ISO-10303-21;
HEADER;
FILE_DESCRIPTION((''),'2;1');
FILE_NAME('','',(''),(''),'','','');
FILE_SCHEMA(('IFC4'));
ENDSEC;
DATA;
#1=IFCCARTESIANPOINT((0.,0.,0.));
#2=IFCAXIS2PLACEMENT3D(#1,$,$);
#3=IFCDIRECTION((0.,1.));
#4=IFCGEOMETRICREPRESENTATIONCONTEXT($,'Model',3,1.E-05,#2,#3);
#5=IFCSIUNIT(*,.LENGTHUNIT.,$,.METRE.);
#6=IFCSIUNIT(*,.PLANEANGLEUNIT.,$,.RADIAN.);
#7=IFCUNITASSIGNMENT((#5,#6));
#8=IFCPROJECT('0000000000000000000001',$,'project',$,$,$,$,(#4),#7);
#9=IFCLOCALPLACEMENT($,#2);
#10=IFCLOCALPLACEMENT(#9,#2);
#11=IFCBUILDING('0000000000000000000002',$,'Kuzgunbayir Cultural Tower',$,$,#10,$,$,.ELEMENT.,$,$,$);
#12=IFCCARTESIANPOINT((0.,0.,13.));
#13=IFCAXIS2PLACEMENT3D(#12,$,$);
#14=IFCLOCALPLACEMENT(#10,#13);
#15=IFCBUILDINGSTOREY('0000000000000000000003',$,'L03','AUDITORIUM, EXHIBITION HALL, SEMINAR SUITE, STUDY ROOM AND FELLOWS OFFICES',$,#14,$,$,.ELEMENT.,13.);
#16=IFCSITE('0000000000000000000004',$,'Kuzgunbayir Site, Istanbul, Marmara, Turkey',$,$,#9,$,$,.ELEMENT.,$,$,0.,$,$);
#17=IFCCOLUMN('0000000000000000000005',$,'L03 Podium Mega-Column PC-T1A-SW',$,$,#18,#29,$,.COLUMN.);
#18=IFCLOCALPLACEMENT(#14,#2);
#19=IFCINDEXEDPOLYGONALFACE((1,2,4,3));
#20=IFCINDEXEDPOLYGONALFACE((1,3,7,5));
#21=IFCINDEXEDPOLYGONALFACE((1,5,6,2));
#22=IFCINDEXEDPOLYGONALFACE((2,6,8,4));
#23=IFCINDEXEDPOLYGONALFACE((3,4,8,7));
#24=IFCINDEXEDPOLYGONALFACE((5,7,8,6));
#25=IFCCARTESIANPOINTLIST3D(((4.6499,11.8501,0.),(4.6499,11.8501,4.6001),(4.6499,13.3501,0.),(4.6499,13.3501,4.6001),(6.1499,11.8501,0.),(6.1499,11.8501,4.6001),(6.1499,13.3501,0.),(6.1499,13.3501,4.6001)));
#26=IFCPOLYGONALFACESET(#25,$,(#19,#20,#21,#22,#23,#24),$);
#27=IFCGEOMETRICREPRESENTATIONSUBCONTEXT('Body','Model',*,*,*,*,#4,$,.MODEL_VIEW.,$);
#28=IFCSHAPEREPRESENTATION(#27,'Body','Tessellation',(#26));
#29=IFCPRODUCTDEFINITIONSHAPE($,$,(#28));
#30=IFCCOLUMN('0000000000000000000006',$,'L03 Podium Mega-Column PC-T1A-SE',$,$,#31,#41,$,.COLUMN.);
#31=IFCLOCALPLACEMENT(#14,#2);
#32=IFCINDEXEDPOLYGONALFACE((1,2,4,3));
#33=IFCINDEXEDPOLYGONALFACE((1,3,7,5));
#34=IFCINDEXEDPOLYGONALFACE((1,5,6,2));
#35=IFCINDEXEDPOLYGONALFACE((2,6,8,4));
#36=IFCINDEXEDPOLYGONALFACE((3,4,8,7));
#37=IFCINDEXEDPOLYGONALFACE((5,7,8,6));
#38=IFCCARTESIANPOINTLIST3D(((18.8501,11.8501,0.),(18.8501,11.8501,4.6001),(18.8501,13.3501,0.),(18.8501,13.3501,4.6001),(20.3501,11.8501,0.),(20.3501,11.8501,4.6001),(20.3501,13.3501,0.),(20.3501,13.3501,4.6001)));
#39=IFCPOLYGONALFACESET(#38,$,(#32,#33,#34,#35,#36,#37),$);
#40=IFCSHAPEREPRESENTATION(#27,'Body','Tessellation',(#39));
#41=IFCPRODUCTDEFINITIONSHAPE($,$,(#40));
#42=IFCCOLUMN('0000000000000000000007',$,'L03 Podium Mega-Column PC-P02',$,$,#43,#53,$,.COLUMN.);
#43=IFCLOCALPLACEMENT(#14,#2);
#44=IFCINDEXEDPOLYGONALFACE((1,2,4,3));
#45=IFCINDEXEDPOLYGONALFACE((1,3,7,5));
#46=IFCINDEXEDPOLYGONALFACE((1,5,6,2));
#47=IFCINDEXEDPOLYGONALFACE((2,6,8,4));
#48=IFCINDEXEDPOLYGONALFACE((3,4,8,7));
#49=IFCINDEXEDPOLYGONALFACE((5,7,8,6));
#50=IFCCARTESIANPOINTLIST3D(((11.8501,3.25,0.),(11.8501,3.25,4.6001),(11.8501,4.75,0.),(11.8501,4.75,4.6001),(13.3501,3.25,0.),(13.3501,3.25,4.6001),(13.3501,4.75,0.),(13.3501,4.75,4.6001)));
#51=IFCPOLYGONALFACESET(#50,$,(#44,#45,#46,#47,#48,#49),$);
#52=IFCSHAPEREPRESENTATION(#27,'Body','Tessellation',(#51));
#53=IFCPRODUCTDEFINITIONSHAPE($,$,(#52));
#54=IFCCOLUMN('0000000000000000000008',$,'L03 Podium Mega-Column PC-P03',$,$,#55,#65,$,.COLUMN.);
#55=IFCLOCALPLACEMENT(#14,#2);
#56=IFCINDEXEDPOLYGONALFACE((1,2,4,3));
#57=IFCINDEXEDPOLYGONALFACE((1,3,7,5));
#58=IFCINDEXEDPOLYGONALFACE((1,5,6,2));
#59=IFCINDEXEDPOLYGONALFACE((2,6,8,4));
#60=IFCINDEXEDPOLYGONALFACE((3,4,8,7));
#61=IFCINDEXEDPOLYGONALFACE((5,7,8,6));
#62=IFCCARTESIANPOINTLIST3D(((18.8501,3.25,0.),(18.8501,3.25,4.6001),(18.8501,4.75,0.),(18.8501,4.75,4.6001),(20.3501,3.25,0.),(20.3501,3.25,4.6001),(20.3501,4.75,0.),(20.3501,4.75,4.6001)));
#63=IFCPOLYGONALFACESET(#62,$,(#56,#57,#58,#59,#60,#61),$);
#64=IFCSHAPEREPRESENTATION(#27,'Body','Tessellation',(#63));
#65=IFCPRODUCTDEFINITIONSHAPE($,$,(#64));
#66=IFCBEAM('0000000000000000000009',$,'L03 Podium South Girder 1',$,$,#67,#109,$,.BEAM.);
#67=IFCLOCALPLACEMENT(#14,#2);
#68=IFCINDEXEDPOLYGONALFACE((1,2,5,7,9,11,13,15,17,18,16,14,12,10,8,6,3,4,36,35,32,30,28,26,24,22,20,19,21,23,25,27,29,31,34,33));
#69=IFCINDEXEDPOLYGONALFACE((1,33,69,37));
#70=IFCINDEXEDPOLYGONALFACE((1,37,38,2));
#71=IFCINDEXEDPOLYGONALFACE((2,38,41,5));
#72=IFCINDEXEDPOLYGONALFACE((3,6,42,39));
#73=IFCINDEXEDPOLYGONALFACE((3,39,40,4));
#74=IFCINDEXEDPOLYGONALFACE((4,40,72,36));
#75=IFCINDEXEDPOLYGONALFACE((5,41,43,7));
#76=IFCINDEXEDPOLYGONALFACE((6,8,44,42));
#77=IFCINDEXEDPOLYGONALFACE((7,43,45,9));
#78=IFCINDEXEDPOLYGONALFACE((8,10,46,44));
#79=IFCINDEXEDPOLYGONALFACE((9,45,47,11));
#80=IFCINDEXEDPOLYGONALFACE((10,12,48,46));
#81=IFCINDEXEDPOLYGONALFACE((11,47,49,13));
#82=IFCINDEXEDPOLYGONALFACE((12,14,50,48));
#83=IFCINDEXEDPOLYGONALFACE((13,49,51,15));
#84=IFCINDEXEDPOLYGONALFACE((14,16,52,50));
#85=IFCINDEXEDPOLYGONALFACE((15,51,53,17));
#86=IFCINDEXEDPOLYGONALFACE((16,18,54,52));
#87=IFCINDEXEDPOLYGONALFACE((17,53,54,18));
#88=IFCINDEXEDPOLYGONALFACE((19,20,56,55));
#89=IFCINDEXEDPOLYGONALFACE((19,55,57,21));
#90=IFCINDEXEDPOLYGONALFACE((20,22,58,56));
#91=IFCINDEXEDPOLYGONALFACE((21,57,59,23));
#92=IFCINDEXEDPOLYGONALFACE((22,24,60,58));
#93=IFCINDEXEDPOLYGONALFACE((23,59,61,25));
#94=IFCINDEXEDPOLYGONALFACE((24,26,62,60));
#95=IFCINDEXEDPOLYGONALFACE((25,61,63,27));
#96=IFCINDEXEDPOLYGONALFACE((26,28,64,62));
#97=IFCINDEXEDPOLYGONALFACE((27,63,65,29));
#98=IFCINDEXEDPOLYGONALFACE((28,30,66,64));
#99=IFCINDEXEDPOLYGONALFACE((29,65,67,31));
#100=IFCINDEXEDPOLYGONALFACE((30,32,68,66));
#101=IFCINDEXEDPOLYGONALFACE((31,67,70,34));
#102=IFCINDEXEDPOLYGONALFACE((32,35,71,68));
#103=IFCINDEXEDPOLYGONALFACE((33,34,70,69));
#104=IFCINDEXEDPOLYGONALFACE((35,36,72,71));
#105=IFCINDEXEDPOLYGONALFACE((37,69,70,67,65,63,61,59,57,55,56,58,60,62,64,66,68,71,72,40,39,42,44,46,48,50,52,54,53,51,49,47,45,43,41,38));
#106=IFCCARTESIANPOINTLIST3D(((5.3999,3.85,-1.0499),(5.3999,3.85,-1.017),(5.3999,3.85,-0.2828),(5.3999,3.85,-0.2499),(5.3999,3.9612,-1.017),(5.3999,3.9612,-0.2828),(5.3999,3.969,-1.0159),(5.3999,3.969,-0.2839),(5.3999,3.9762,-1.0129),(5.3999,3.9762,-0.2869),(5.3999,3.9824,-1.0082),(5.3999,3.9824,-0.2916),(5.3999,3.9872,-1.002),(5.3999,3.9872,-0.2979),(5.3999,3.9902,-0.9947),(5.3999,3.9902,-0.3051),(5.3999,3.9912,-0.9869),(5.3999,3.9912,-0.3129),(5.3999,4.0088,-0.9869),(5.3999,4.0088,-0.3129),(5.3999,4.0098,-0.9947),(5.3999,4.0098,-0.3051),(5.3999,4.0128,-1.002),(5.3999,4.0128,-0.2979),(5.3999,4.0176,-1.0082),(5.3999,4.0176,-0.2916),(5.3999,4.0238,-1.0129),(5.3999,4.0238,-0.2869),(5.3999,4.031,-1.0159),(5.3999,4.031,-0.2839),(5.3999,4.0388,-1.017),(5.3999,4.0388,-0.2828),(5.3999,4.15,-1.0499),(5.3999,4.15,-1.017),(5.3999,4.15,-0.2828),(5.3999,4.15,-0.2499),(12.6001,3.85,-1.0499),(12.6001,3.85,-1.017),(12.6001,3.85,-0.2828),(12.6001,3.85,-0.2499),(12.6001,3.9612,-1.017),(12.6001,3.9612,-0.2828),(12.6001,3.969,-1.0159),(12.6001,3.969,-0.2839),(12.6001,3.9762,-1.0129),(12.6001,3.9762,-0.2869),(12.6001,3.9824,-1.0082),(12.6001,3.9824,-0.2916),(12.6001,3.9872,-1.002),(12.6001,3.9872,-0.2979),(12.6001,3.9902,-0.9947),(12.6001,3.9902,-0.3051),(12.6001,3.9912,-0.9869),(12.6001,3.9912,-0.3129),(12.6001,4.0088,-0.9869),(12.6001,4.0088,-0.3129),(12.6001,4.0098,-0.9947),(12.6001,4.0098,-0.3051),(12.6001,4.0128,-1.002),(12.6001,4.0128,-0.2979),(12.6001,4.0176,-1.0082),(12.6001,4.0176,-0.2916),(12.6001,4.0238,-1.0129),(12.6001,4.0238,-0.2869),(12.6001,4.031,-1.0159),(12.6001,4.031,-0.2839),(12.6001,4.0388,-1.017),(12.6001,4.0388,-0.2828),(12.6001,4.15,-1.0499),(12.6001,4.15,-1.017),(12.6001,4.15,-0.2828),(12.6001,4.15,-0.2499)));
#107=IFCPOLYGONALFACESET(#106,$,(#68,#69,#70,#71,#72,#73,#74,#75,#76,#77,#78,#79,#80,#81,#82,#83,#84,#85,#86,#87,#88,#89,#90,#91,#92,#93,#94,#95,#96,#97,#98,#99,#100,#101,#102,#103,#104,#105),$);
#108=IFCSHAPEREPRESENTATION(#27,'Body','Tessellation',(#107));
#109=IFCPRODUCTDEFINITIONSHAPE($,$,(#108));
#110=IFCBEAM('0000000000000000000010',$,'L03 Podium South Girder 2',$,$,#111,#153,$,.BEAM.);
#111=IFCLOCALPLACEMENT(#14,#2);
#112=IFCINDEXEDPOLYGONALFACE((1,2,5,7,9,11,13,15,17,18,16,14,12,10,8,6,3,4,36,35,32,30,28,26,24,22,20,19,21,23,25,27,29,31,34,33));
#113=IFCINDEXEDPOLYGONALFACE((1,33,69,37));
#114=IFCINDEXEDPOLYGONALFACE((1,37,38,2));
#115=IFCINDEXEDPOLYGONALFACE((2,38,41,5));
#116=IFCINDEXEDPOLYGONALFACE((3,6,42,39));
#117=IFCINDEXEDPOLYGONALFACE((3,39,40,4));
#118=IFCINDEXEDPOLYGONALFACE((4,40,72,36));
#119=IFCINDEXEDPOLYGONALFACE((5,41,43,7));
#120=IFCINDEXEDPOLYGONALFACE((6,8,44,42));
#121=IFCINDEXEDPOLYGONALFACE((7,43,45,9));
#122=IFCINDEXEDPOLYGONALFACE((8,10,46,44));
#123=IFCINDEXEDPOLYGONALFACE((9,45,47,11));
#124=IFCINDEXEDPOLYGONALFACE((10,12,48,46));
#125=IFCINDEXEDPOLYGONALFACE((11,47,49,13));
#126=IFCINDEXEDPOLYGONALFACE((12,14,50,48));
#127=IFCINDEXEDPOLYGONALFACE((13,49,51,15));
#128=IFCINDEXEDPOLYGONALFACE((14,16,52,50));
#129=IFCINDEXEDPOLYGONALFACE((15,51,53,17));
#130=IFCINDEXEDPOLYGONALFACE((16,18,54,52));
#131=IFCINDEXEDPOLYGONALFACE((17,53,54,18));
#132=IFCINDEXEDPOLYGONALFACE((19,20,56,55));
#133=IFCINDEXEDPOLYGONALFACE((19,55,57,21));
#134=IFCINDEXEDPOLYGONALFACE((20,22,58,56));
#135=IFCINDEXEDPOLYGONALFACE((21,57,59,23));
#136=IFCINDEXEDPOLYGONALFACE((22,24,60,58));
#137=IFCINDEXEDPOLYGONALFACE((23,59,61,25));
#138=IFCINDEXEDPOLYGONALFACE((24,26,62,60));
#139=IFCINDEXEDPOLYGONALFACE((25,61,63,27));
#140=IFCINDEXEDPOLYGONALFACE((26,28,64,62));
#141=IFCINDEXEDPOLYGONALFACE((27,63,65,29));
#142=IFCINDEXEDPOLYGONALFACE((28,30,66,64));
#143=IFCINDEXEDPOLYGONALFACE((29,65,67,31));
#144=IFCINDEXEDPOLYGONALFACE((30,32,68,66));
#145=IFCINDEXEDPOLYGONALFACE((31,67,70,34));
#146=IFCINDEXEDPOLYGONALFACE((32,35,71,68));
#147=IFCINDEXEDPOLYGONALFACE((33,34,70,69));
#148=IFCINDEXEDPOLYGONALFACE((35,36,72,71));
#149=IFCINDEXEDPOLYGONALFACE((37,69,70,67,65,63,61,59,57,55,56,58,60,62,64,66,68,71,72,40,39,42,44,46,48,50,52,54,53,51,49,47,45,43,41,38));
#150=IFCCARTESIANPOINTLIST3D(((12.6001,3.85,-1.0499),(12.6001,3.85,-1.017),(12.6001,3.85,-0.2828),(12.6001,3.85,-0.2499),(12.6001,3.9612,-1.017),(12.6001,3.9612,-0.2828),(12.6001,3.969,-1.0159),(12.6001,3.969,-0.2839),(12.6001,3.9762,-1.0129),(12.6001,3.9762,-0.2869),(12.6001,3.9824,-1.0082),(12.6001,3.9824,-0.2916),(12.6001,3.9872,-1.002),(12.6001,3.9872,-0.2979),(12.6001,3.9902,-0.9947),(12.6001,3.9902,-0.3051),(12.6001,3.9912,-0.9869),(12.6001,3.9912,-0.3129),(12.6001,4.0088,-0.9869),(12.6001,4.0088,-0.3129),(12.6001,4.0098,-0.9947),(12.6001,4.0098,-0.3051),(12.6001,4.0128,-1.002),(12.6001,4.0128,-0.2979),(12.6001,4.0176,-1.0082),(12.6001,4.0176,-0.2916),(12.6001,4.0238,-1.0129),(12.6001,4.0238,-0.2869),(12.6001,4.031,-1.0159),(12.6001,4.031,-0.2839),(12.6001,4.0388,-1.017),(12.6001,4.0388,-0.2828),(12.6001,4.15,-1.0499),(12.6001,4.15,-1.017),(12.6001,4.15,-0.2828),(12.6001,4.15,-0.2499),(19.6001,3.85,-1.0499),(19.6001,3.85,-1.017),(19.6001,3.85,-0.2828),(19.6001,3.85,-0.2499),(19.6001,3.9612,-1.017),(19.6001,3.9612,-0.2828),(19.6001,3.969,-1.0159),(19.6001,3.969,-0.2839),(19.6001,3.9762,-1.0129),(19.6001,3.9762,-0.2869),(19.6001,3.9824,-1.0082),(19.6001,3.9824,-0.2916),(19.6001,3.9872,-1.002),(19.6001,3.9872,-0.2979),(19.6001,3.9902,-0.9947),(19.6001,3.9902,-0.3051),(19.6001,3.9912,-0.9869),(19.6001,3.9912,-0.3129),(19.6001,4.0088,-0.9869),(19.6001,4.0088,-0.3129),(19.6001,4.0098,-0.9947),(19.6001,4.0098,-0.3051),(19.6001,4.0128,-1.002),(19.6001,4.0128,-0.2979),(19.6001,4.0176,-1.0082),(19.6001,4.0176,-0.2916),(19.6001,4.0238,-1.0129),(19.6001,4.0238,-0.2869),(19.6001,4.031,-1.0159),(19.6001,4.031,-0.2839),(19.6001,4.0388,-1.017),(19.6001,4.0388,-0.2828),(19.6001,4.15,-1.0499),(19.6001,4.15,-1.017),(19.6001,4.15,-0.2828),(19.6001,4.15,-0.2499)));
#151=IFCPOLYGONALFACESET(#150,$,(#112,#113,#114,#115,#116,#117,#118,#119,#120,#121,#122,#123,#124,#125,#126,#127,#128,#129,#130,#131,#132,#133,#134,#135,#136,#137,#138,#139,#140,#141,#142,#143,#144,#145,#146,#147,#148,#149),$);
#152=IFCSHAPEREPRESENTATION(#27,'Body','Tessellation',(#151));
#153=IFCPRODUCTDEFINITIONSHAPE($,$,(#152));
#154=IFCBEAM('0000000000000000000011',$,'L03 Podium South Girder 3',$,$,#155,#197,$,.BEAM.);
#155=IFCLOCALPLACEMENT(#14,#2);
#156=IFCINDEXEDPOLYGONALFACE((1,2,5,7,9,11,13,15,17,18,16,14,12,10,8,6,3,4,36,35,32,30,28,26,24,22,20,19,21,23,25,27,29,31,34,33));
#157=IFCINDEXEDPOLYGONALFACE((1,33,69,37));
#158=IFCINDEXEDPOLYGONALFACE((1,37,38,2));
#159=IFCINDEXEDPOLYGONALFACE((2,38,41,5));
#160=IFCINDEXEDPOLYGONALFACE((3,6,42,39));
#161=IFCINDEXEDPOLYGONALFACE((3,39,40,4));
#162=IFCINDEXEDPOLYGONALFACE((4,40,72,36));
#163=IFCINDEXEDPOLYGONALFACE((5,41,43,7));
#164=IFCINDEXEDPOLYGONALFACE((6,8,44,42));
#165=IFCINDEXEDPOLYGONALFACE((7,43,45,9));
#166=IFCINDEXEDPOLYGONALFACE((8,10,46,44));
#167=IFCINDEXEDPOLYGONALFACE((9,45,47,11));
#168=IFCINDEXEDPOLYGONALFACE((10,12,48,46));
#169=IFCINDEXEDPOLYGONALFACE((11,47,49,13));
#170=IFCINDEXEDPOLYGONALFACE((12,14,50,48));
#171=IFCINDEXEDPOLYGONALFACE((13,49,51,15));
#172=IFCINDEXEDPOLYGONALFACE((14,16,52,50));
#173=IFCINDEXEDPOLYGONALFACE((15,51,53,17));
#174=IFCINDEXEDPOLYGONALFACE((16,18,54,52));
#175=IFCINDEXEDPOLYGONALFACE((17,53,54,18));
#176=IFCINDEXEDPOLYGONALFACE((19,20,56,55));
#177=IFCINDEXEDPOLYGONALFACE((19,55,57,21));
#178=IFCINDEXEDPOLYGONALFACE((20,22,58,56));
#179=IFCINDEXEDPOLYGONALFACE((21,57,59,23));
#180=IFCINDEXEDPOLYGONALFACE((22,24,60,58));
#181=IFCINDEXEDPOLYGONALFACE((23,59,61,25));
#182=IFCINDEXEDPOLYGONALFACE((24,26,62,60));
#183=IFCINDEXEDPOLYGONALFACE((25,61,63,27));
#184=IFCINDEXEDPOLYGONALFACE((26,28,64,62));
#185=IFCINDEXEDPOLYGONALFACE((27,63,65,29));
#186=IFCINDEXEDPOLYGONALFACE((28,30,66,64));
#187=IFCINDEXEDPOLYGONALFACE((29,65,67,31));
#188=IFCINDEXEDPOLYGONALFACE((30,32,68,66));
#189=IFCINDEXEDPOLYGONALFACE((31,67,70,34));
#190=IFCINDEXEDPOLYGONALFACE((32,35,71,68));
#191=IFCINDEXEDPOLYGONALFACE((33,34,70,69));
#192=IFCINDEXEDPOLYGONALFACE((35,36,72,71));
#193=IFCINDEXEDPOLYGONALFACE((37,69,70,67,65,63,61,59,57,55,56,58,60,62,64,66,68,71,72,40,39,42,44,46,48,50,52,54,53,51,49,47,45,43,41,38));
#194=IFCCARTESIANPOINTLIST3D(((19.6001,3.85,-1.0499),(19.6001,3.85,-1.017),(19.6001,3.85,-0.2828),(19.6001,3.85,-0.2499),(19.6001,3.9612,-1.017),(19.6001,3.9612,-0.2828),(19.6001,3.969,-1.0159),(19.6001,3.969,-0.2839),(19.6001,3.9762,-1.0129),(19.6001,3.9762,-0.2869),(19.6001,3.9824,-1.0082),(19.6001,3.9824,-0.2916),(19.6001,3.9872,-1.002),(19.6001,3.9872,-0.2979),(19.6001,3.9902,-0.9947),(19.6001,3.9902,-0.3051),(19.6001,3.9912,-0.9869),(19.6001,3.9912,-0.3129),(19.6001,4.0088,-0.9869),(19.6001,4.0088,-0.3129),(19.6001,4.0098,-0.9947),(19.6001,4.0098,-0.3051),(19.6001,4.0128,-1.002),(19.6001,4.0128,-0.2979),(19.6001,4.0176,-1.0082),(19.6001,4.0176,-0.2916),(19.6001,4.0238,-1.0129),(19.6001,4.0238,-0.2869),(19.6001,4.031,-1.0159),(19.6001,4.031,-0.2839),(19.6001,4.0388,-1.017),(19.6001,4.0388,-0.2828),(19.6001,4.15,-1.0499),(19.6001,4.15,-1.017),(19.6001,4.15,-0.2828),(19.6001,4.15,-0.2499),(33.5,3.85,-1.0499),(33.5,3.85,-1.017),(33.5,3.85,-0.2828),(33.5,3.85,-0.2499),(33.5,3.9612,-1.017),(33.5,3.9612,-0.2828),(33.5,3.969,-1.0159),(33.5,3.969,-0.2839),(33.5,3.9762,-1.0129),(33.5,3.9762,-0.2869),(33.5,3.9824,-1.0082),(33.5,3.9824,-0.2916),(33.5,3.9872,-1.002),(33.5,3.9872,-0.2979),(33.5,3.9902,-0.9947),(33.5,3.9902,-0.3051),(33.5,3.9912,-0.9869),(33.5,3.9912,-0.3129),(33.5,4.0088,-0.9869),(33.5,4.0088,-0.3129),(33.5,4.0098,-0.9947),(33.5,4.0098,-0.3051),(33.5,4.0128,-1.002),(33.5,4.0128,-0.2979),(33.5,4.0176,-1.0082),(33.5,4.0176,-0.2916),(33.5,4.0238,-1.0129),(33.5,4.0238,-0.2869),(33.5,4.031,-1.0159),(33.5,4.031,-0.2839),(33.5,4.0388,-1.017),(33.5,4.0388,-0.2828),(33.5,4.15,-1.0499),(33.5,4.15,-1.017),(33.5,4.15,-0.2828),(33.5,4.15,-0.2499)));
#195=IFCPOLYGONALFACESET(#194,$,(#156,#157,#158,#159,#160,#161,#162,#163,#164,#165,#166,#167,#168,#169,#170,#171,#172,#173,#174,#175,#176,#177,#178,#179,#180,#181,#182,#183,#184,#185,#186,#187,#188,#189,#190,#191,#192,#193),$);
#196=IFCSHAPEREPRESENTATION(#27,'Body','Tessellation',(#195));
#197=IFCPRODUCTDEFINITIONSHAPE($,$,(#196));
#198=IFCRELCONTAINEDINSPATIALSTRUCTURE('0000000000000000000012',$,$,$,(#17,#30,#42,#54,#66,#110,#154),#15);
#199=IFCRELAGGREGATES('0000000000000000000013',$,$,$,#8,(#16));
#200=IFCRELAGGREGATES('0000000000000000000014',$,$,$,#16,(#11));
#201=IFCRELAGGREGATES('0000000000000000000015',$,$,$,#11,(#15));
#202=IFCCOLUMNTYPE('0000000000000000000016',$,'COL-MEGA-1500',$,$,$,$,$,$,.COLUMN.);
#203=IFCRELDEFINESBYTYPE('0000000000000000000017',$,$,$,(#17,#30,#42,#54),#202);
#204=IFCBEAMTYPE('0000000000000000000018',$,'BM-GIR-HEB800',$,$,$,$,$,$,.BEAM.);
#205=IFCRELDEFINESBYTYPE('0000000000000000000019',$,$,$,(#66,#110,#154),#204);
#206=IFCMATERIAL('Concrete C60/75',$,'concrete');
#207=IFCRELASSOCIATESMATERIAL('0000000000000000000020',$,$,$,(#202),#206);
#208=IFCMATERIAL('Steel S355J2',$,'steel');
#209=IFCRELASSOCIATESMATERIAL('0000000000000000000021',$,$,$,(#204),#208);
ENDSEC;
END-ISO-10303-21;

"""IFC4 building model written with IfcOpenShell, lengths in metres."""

from ifc_helpers import new_model, si_unit, direction, frame, origin, origin_2d, place, context, subcontext, project, spatial, rectangle, i_section, extrude, material, material_profile, profile_set, type_object, element, save


model = new_model("IFC4")

# Units and contexts
model_context = context("Model", 3, precision=1e-05, world=origin(), true_north=direction((0.0, 1.0)))
body_context = subcontext(model_context, "Body", "Model", "MODEL_VIEW")
ifc_project = project(units=[si_unit("LENGTHUNIT", "METRE"), si_unit("PLANEANGLEUNIT", "RADIAN")], contexts=[model_context])

# Site, building, storey
site_placement = place(None, origin())
site = spatial("IfcSite", under=ifc_project, at=site_placement, Name="Kuzgunbayir Site, Istanbul, Marmara, Turkey", CompositionType="ELEMENT", RefElevation=0.0)
building_placement = place(site_placement, origin())
building = spatial("IfcBuilding", under=site, at=building_placement, Name="Kuzgunbayir Cultural Tower", CompositionType="ELEMENT")
storey_placement = place(building_placement, frame((0.0, 0.0, 13.0)))
storey = spatial("IfcBuildingStorey", under=building, at=storey_placement, Name="L03", Description="AUDITORIUM, EXHIBITION HALL, SEMINAR SUITE, STUDY ROOM AND FELLOWS OFFICES", CompositionType="ELEMENT", Elevation=13.0)

# Columns
ifc_material_1 = material(Name="Concrete C60/75", Category="concrete")
ifc_material_profile_1 = material_profile(ifc_material_1, rectangle(XDim=1.5, YDim=1.5, at=origin_2d()), Name="RC 1500x1500")
ifc_profile_set_1 = profile_set([ifc_material_profile_1], Name="Concrete C60/75")
column_type = type_object("IfcColumnType", Name="COL-MEGA-1500", PredefinedType="COLUMN", material=ifc_profile_set_1)
for number, where, z_axis, x_axis, name in (
    (1, (5.3999, 12.6001, 0.0), (0.0, 0.0, 1.0), (1.0, 0.0, 0.0), "L03 Podium Mega-Column PC-T1A-SW"),
    (2, (19.6001, 12.6001, 0.0), (0.0, 0.0, 1.0), (1.0, 0.0, 0.0), "L03 Podium Mega-Column PC-T1A-SE"),
    (3, (12.6001, 4.0, 0.0), (0.0, 0.0, 1.0), (1.0, 0.0, 0.0), "L03 Podium Mega-Column PC-P02"),
    (4, (19.6001, 4.0, 0.0), (0.0, 0.0, 1.0), (1.0, 0.0, 0.0), "L03 Podium Mega-Column PC-P03"),
):
    element("IfcColumn", number, at=place(storey_placement, frame(where, z_axis=z_axis, x_axis=x_axis)), inside=storey, type_object=column_type, Name=name, PredefinedType="COLUMN", context=body_context, shape_type="SweptSolid", body=[
        extrude(rectangle(XDim=1.5, YDim=1.5, at=origin_2d()), origin(), (0.0, 0.0, 1.0), 4.6001),
    ])

# Beams
ifc_material_2 = material(Name="Steel S355J2", Category="steel")
ifc_material_profile_2 = material_profile(ifc_material_2, i_section(OverallWidth=0.3, OverallDepth=0.8, WebThickness=0.0176, FlangeThickness=0.033, FilletRadius=0.03, at=origin_2d()), Name="HEB 800")
ifc_profile_set_2 = profile_set([ifc_material_profile_2], Name="Steel S355J2")
beam_type = type_object("IfcBeamType", Name="BM-GIR-HEB800", PredefinedType="BEAM", material=ifc_profile_set_2)
beam_1_placement = place(storey_placement, frame((5.3999, 4.0, -0.6499), z_axis=(1.0, 0.0, 0.0), x_axis=(0.0, 1.0, 0.0)))
element("IfcBeam", 5, at=beam_1_placement, inside=storey, type_object=beam_type, Name="L03 Podium South Girder 1", PredefinedType="BEAM", context=body_context, shape_type="SweptSolid", body=[
    extrude(i_section(OverallWidth=0.3, OverallDepth=0.8, WebThickness=0.0176, FlangeThickness=0.033, FilletRadius=0.03, at=origin_2d()), origin(), (0.0, 0.0, 1.0), 7.2002),
])
beam_2_placement = place(storey_placement, frame((12.6001, 4.0, -0.6499), z_axis=(1.0, 0.0, 0.0), x_axis=(0.0, 1.0, 0.0)))
element("IfcBeam", 6, at=beam_2_placement, inside=storey, type_object=beam_type, Name="L03 Podium South Girder 2", PredefinedType="BEAM", context=body_context, shape_type="SweptSolid", body=[
    extrude(i_section(OverallWidth=0.3, OverallDepth=0.8, WebThickness=0.0176, FlangeThickness=0.033, FilletRadius=0.03, at=origin_2d()), origin(), (0.0, 0.0, 1.0), 7.0),
])
beam_3_placement = place(storey_placement, frame((19.6001, 4.0, -0.6499), z_axis=(1.0, 0.0, 0.0), x_axis=(0.0, 1.0, 0.0)))
element("IfcBeam", 7, at=beam_3_placement, inside=storey, type_object=beam_type, Name="L03 Podium South Girder 3", PredefinedType="BEAM", context=body_context, shape_type="SweptSolid", body=[
    extrude(i_section(OverallWidth=0.3, OverallDepth=0.8, WebThickness=0.0176, FlangeThickness=0.033, FilletRadius=0.03, at=origin_2d()), origin(), (0.0, 0.0, 1.0), 13.8999),
])

save(model, "model.ifc")
